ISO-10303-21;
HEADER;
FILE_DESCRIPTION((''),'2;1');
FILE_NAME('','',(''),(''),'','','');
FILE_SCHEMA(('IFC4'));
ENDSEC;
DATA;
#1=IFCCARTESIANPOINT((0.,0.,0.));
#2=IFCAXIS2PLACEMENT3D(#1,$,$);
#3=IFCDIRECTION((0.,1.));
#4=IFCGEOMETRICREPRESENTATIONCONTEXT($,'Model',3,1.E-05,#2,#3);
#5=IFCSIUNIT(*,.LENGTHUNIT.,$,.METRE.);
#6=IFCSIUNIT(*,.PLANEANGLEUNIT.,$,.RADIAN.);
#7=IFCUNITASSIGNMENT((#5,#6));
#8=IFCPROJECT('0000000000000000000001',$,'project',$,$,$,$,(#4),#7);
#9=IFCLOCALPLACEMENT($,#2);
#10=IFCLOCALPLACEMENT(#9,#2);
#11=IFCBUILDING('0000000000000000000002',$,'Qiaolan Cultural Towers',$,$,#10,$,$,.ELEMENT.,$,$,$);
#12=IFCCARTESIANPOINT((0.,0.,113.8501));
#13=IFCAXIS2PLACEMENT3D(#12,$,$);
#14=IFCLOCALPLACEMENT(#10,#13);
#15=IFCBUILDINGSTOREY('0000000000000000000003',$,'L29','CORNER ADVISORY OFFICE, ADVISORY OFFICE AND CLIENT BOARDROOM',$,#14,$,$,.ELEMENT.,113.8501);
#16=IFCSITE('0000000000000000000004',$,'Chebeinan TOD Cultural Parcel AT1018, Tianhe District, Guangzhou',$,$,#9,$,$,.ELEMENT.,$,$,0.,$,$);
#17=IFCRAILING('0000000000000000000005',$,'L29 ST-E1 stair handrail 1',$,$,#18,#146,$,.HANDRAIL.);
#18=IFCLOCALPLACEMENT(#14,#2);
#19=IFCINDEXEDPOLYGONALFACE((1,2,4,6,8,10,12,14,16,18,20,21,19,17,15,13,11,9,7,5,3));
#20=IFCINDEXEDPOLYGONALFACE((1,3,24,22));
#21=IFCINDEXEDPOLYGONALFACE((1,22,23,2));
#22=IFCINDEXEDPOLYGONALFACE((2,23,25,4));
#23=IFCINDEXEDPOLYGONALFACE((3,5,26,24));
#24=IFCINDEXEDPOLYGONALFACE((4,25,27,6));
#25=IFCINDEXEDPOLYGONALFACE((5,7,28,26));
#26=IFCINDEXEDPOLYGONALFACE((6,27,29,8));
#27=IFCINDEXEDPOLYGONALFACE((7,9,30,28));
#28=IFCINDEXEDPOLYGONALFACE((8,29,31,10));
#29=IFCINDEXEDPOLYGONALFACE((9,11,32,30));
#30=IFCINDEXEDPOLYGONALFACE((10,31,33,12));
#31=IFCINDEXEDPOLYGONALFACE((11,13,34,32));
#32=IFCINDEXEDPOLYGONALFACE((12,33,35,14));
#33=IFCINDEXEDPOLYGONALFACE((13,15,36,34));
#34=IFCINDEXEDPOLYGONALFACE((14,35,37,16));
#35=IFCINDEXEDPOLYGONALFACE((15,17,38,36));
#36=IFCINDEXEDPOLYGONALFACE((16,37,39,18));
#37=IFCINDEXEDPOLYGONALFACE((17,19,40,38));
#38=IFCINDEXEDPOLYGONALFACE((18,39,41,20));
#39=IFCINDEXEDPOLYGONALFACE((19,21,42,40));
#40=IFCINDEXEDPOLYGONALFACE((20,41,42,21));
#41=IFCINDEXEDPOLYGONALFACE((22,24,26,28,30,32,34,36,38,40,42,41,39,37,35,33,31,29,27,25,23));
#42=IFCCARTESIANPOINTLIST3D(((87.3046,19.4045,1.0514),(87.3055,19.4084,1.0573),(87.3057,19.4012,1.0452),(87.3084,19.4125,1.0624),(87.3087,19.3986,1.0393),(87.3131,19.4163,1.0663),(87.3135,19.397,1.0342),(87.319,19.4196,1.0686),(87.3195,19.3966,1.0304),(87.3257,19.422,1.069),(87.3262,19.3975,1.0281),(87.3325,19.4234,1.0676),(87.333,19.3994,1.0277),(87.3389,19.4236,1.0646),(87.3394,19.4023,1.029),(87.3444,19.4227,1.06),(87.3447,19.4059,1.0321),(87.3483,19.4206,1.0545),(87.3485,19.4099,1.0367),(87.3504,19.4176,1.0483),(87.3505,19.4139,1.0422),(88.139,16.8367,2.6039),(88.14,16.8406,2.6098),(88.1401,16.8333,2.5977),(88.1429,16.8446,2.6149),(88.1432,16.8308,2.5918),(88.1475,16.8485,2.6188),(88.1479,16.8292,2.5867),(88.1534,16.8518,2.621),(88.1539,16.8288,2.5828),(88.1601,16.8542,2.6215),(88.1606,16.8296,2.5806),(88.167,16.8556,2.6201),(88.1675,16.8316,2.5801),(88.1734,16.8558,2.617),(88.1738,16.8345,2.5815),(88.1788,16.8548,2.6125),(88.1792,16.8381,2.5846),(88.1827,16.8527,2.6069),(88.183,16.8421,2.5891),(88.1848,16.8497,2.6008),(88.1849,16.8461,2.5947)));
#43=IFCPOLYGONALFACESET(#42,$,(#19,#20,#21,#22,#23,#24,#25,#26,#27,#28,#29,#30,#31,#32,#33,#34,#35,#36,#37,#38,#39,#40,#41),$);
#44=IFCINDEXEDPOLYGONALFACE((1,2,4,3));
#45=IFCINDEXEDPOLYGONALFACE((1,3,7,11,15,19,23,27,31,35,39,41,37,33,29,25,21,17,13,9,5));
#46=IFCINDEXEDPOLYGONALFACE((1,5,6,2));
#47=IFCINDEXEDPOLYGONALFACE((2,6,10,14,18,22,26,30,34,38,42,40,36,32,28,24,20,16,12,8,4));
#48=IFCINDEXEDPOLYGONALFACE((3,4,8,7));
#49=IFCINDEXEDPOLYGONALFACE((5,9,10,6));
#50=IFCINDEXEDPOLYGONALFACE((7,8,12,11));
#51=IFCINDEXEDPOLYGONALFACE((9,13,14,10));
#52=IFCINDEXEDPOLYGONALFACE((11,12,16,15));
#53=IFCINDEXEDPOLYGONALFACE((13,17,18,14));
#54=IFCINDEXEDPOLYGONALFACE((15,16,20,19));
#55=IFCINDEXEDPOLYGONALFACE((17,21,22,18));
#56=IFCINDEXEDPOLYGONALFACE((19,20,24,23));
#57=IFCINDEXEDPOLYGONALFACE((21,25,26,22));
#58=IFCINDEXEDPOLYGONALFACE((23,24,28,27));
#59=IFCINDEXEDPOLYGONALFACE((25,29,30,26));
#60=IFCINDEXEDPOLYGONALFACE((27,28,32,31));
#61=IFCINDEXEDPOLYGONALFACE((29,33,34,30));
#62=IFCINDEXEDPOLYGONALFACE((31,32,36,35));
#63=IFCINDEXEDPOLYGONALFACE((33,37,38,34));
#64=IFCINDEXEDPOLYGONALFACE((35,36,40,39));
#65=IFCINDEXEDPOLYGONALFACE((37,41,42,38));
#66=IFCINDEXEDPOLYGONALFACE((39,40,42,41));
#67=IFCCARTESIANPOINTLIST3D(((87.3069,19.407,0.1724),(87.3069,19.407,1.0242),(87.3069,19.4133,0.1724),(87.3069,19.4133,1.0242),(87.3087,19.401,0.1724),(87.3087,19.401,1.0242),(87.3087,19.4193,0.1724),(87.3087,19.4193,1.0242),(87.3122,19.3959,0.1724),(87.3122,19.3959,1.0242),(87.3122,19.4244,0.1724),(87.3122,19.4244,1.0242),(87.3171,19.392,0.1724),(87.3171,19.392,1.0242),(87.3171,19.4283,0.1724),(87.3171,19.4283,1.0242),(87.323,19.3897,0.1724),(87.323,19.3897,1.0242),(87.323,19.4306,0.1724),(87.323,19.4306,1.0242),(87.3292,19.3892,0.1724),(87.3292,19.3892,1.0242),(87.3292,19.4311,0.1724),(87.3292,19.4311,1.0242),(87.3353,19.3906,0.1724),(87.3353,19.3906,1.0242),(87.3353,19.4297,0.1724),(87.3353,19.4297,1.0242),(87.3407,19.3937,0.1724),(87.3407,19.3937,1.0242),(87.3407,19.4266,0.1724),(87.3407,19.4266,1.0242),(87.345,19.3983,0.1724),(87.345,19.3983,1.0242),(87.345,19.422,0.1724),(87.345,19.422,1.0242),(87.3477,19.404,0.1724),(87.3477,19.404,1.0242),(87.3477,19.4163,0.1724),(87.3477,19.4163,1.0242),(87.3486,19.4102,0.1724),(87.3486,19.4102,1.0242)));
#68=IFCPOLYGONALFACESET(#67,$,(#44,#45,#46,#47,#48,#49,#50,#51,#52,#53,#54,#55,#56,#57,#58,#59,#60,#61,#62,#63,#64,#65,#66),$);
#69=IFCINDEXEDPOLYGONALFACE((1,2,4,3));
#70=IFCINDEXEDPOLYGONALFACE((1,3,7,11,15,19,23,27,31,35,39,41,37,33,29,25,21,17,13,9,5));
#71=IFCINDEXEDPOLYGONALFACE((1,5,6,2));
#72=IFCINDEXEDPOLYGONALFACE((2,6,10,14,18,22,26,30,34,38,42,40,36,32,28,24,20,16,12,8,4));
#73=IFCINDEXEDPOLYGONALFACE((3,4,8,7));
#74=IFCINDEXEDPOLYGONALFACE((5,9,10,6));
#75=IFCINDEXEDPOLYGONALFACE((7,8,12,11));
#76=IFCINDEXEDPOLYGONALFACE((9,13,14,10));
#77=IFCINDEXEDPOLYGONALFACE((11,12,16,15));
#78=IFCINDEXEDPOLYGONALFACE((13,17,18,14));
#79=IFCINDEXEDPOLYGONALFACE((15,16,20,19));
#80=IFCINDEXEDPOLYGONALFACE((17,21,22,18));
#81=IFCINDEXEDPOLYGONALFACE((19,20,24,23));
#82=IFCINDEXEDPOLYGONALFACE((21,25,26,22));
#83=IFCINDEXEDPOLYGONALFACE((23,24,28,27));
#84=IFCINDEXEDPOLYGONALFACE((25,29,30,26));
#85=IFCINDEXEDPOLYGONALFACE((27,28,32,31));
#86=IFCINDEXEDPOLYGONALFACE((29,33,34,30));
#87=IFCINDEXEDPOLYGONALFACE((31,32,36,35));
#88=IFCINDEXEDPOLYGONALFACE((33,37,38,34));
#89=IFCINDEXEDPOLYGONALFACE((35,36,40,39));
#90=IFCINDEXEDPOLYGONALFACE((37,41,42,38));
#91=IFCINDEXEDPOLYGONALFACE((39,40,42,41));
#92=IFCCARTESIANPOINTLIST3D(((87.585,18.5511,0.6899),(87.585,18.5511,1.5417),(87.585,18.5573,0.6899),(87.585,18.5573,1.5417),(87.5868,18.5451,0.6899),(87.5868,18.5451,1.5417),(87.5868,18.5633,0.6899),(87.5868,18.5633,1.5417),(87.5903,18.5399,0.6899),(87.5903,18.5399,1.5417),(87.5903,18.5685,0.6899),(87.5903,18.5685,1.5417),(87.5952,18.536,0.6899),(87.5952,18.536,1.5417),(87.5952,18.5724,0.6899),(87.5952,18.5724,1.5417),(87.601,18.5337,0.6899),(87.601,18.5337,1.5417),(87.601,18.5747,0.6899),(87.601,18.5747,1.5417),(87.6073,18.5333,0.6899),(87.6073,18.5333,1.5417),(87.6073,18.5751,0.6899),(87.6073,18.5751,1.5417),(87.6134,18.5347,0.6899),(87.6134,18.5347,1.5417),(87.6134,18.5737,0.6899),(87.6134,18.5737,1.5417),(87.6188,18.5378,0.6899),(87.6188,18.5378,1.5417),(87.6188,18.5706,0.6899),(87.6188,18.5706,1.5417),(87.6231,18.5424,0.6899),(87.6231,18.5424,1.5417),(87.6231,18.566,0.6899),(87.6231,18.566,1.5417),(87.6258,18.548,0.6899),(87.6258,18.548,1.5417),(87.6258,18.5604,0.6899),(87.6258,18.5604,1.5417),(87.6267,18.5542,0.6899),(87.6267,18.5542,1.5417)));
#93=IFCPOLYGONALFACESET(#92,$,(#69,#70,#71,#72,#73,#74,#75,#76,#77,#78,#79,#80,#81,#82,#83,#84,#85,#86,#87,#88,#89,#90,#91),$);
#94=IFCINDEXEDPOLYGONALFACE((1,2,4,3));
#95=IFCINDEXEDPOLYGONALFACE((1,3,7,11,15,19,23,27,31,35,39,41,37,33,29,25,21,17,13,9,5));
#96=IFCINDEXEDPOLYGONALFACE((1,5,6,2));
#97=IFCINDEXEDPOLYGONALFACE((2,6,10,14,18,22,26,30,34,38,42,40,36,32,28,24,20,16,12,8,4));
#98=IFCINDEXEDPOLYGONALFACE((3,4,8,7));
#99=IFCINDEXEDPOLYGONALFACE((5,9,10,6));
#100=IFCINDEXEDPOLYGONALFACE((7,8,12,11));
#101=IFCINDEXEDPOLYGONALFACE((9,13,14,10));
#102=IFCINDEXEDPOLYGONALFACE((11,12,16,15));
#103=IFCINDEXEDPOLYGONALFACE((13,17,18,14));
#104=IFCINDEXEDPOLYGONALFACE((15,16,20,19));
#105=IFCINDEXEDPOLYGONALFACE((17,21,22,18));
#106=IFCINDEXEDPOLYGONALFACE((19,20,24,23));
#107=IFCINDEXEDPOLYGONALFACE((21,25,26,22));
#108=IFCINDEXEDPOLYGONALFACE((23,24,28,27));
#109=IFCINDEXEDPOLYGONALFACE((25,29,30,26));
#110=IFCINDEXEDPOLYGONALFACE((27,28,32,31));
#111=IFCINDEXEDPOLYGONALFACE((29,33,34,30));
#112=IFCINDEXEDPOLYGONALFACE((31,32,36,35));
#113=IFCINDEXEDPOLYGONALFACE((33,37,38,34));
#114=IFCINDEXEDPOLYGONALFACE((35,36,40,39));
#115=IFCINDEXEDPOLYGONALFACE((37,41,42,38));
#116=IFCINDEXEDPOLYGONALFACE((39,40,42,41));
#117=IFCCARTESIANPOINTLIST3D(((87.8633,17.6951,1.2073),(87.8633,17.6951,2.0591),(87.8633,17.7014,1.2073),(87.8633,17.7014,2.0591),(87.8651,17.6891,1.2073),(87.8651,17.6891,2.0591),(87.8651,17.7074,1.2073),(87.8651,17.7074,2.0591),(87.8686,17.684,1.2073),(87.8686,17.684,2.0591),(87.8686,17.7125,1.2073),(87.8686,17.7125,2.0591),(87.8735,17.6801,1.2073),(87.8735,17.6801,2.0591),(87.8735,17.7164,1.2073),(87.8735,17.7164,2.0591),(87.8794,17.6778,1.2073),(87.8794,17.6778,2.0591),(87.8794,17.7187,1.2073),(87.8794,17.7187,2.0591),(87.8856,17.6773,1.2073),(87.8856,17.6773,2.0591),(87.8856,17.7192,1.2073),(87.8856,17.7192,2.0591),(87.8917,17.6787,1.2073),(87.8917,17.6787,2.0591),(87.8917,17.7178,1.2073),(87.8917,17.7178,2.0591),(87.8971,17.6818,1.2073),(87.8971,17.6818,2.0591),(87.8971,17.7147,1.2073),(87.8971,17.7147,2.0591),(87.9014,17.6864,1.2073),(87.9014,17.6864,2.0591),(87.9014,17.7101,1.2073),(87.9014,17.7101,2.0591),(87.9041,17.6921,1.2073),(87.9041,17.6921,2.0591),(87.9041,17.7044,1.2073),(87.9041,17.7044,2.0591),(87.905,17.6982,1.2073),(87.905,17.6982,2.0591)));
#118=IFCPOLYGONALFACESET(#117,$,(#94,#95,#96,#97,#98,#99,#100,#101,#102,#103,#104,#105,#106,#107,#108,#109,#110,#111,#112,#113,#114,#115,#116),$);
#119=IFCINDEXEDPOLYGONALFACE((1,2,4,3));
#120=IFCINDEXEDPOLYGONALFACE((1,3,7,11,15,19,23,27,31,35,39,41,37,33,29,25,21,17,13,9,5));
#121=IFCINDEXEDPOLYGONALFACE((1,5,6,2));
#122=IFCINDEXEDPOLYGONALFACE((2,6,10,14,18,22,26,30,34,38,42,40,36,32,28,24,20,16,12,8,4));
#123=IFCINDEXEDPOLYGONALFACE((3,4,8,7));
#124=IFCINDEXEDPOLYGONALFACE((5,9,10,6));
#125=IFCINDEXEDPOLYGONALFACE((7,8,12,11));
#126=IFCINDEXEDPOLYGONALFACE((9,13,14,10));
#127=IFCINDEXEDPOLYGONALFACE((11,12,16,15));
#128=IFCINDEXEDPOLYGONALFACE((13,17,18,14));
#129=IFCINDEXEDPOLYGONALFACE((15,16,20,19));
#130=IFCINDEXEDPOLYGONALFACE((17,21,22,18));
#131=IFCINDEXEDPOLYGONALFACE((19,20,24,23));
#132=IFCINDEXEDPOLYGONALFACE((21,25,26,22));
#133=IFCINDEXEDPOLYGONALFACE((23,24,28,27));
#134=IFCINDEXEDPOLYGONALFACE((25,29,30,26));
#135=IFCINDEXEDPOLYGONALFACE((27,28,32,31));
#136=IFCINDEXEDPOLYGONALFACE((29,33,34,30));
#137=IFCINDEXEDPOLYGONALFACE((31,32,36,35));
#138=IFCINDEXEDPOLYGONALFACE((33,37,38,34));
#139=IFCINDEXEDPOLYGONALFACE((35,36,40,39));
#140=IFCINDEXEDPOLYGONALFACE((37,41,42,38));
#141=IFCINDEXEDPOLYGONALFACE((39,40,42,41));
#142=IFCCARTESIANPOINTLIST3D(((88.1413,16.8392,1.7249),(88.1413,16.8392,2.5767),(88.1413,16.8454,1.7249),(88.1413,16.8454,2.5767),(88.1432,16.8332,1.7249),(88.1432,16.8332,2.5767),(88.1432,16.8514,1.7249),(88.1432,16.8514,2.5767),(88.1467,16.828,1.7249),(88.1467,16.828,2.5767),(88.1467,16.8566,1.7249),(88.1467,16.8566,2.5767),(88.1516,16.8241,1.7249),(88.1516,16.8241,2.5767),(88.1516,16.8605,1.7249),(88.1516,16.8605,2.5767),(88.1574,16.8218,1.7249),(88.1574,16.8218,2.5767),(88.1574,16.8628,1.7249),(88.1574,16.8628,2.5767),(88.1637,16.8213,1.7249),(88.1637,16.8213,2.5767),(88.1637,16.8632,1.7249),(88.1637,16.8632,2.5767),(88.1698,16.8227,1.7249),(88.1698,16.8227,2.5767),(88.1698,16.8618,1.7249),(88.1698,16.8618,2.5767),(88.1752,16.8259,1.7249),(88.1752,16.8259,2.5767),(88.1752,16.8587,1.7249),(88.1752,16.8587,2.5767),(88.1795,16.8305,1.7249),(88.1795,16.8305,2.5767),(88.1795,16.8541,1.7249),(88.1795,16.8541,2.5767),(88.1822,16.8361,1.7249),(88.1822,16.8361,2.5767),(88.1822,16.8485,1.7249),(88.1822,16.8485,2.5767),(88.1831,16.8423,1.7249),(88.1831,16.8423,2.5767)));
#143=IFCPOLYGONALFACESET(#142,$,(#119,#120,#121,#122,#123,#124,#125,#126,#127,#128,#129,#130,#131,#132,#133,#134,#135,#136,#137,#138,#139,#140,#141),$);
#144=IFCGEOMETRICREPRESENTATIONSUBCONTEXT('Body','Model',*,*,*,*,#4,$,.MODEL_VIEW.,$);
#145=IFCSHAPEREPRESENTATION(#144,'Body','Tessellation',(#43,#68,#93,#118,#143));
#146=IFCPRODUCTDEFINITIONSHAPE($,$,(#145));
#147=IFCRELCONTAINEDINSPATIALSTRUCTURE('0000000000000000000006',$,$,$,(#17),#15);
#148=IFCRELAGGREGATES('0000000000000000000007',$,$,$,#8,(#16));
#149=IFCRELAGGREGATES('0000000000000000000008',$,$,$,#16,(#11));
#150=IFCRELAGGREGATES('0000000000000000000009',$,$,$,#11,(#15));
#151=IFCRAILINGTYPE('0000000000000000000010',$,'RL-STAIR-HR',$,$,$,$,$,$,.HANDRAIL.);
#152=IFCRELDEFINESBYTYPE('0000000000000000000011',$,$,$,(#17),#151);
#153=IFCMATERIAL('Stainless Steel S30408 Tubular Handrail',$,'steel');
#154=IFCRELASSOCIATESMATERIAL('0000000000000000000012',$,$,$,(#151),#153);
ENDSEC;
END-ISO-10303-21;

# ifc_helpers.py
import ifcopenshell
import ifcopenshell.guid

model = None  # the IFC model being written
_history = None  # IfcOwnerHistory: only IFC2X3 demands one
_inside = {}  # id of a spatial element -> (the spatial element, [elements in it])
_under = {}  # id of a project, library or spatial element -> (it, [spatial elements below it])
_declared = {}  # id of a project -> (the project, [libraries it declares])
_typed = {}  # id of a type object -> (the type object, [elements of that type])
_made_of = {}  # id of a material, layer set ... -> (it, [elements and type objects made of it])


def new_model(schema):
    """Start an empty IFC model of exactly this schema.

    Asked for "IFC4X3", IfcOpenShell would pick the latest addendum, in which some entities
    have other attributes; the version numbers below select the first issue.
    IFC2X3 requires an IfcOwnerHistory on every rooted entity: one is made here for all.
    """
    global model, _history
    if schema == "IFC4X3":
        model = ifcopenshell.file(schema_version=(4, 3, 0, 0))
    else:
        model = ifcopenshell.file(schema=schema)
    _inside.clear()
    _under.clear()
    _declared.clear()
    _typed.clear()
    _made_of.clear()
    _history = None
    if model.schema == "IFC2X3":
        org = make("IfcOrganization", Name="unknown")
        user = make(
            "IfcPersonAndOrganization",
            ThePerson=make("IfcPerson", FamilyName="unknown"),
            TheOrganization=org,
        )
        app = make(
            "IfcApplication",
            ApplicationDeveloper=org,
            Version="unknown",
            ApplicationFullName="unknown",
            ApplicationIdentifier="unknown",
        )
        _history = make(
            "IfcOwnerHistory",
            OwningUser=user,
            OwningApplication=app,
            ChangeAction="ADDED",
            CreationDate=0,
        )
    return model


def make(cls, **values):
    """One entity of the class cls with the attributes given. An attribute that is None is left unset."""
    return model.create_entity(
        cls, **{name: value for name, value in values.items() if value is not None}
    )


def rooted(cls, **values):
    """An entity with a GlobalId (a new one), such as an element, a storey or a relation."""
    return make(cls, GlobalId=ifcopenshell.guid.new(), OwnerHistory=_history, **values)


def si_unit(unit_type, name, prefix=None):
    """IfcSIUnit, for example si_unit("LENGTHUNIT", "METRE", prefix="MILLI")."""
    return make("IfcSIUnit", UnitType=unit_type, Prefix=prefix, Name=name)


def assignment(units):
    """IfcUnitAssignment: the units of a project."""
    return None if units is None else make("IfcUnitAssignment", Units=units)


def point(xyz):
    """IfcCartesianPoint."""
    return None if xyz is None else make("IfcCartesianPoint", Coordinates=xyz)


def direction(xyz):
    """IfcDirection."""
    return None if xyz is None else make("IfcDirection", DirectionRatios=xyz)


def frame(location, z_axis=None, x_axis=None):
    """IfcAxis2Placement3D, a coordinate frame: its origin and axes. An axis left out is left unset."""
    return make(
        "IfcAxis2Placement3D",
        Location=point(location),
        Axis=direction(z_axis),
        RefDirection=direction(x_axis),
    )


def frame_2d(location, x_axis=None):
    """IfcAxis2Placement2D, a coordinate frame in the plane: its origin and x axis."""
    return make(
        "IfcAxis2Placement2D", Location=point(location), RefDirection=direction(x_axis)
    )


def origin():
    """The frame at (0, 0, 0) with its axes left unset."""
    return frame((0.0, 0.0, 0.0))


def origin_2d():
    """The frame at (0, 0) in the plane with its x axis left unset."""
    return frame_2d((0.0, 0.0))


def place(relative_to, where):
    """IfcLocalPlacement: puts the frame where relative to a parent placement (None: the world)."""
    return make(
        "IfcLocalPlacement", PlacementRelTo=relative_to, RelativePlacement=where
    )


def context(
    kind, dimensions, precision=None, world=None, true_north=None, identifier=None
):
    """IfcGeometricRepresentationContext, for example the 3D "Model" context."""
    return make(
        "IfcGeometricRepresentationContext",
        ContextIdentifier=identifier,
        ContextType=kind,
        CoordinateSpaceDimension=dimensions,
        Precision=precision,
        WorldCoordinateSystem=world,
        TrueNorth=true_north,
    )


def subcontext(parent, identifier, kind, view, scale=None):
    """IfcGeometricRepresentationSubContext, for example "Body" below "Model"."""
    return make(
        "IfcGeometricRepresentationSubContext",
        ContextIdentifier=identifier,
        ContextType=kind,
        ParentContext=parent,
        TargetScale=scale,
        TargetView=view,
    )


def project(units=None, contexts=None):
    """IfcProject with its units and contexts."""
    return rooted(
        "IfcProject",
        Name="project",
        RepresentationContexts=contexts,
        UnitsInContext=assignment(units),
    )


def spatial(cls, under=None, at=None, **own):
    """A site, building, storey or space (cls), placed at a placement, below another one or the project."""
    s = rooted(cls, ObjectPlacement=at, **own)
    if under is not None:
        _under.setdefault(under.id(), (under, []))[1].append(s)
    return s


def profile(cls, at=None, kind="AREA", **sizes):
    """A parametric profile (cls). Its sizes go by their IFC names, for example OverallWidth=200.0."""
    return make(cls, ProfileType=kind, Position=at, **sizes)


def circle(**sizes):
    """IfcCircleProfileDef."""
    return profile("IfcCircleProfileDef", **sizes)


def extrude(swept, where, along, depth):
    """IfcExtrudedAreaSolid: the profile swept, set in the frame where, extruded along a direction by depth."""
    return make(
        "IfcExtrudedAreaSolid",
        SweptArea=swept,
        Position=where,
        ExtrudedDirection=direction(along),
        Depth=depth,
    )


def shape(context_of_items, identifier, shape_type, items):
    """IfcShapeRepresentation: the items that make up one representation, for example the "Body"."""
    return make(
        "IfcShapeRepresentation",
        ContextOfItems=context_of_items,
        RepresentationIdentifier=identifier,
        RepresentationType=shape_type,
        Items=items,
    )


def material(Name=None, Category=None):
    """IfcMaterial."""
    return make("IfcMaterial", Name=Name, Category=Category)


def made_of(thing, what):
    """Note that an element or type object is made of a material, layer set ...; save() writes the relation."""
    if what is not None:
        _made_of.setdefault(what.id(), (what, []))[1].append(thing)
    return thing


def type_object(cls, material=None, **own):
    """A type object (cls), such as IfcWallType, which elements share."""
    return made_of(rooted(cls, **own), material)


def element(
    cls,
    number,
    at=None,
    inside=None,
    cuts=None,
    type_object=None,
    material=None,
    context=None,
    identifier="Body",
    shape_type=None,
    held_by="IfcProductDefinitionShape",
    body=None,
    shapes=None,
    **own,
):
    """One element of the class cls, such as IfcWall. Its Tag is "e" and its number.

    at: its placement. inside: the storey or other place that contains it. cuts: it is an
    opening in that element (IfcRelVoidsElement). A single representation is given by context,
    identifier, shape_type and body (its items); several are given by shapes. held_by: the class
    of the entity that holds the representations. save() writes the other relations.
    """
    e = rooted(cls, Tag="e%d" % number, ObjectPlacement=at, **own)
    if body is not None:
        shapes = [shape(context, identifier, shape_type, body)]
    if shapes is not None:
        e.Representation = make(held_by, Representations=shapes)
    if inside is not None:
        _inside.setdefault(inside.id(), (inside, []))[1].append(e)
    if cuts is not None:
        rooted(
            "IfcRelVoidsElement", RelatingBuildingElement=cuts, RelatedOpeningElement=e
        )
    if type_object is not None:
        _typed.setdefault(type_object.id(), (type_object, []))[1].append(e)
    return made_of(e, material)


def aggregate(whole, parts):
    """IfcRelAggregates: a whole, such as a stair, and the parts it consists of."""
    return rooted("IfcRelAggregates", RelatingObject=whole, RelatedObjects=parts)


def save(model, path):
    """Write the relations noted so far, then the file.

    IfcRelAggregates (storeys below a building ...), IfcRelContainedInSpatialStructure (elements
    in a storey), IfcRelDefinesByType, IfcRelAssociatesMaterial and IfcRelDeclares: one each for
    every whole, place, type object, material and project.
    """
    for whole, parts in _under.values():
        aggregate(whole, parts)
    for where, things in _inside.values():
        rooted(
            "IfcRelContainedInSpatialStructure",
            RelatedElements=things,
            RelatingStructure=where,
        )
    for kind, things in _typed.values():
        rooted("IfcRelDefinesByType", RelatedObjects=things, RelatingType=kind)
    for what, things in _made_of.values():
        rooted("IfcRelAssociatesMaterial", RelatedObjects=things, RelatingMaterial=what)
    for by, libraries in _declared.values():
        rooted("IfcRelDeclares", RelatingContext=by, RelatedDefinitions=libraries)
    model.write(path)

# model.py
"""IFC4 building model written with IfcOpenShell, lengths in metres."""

from ifc_helpers import new_model, si_unit, direction, frame, origin, origin_2d, place, context, subcontext, project, spatial, circle, extrude, material, type_object, element, save


model = new_model("IFC4")

# Units and contexts
model_context = context("Model", 3, precision=1e-05, world=origin(), true_north=direction((0.0, 1.0)))
body_context = subcontext(model_context, "Body", "Model", "MODEL_VIEW")
ifc_project = project(units=[si_unit("LENGTHUNIT", "METRE"), si_unit("PLANEANGLEUNIT", "RADIAN")], contexts=[model_context])

# Site, building, storey
site_placement = place(None, origin())
site = spatial("IfcSite", under=ifc_project, at=site_placement, Name="Chebeinan TOD Cultural Parcel AT1018, Tianhe District, Guangzhou", CompositionType="ELEMENT", RefElevation=0.0)
building_placement = place(site_placement, origin())
building = spatial("IfcBuilding", under=site, at=building_placement, Name="Qiaolan Cultural Towers", CompositionType="ELEMENT")
storey_placement = place(building_placement, frame((0.0, 0.0, 113.8501)))
storey = spatial("IfcBuildingStorey", under=building, at=storey_placement, Name="L29", Description="CORNER ADVISORY OFFICE, ADVISORY OFFICE AND CLIENT BOARDROOM", CompositionType="ELEMENT", Elevation=113.8501)

# Railing
ifc_material_1 = material(Name="Stainless Steel S30408 Tubular Handrail", Category="steel")
railing_type_1 = type_object("IfcRailingType", Name="RL-STAIR-HR", PredefinedType="HANDRAIL", material=ifc_material_1)
railing_1_placement = place(storey_placement, frame((87.3276, 19.4102, 0.1724)))
element("IfcRailing", 1, at=railing_1_placement, inside=storey, type_object=railing_type_1, Name="L29 ST-E1 stair handrail 1", PredefinedType="HANDRAIL", context=body_context, shape_type="SweptSolid", body=[
    extrude(circle(Radius=0.0239, at=origin_2d()), frame((0.0, 0.0, 0.876), z_axis=(0.267926, -0.824471, 0.498461), x_axis=(0.951043, 0.309057, 0.0)), (0.0, 0.0, 1.0), 3.1145),
    extrude(circle(Radius=0.021, at=origin_2d()), origin(), (0.0, 0.0, 1.0), 0.8518),
    extrude(circle(Radius=0.021, at=origin_2d()), frame((0.2781, -0.856, 0.5176)), (0.0, 0.0, 1.0), 0.8518),
    extrude(circle(Radius=0.021, at=origin_2d()), frame((0.5564, -1.7119, 1.0349)), (0.0, 0.0, 1.0), 0.8518),
    extrude(circle(Radius=0.021, at=origin_2d()), frame((0.8345, -2.5679, 1.5525)), (0.0, 0.0, 1.0), 0.8518),
])

save(model, "model.ifc")
